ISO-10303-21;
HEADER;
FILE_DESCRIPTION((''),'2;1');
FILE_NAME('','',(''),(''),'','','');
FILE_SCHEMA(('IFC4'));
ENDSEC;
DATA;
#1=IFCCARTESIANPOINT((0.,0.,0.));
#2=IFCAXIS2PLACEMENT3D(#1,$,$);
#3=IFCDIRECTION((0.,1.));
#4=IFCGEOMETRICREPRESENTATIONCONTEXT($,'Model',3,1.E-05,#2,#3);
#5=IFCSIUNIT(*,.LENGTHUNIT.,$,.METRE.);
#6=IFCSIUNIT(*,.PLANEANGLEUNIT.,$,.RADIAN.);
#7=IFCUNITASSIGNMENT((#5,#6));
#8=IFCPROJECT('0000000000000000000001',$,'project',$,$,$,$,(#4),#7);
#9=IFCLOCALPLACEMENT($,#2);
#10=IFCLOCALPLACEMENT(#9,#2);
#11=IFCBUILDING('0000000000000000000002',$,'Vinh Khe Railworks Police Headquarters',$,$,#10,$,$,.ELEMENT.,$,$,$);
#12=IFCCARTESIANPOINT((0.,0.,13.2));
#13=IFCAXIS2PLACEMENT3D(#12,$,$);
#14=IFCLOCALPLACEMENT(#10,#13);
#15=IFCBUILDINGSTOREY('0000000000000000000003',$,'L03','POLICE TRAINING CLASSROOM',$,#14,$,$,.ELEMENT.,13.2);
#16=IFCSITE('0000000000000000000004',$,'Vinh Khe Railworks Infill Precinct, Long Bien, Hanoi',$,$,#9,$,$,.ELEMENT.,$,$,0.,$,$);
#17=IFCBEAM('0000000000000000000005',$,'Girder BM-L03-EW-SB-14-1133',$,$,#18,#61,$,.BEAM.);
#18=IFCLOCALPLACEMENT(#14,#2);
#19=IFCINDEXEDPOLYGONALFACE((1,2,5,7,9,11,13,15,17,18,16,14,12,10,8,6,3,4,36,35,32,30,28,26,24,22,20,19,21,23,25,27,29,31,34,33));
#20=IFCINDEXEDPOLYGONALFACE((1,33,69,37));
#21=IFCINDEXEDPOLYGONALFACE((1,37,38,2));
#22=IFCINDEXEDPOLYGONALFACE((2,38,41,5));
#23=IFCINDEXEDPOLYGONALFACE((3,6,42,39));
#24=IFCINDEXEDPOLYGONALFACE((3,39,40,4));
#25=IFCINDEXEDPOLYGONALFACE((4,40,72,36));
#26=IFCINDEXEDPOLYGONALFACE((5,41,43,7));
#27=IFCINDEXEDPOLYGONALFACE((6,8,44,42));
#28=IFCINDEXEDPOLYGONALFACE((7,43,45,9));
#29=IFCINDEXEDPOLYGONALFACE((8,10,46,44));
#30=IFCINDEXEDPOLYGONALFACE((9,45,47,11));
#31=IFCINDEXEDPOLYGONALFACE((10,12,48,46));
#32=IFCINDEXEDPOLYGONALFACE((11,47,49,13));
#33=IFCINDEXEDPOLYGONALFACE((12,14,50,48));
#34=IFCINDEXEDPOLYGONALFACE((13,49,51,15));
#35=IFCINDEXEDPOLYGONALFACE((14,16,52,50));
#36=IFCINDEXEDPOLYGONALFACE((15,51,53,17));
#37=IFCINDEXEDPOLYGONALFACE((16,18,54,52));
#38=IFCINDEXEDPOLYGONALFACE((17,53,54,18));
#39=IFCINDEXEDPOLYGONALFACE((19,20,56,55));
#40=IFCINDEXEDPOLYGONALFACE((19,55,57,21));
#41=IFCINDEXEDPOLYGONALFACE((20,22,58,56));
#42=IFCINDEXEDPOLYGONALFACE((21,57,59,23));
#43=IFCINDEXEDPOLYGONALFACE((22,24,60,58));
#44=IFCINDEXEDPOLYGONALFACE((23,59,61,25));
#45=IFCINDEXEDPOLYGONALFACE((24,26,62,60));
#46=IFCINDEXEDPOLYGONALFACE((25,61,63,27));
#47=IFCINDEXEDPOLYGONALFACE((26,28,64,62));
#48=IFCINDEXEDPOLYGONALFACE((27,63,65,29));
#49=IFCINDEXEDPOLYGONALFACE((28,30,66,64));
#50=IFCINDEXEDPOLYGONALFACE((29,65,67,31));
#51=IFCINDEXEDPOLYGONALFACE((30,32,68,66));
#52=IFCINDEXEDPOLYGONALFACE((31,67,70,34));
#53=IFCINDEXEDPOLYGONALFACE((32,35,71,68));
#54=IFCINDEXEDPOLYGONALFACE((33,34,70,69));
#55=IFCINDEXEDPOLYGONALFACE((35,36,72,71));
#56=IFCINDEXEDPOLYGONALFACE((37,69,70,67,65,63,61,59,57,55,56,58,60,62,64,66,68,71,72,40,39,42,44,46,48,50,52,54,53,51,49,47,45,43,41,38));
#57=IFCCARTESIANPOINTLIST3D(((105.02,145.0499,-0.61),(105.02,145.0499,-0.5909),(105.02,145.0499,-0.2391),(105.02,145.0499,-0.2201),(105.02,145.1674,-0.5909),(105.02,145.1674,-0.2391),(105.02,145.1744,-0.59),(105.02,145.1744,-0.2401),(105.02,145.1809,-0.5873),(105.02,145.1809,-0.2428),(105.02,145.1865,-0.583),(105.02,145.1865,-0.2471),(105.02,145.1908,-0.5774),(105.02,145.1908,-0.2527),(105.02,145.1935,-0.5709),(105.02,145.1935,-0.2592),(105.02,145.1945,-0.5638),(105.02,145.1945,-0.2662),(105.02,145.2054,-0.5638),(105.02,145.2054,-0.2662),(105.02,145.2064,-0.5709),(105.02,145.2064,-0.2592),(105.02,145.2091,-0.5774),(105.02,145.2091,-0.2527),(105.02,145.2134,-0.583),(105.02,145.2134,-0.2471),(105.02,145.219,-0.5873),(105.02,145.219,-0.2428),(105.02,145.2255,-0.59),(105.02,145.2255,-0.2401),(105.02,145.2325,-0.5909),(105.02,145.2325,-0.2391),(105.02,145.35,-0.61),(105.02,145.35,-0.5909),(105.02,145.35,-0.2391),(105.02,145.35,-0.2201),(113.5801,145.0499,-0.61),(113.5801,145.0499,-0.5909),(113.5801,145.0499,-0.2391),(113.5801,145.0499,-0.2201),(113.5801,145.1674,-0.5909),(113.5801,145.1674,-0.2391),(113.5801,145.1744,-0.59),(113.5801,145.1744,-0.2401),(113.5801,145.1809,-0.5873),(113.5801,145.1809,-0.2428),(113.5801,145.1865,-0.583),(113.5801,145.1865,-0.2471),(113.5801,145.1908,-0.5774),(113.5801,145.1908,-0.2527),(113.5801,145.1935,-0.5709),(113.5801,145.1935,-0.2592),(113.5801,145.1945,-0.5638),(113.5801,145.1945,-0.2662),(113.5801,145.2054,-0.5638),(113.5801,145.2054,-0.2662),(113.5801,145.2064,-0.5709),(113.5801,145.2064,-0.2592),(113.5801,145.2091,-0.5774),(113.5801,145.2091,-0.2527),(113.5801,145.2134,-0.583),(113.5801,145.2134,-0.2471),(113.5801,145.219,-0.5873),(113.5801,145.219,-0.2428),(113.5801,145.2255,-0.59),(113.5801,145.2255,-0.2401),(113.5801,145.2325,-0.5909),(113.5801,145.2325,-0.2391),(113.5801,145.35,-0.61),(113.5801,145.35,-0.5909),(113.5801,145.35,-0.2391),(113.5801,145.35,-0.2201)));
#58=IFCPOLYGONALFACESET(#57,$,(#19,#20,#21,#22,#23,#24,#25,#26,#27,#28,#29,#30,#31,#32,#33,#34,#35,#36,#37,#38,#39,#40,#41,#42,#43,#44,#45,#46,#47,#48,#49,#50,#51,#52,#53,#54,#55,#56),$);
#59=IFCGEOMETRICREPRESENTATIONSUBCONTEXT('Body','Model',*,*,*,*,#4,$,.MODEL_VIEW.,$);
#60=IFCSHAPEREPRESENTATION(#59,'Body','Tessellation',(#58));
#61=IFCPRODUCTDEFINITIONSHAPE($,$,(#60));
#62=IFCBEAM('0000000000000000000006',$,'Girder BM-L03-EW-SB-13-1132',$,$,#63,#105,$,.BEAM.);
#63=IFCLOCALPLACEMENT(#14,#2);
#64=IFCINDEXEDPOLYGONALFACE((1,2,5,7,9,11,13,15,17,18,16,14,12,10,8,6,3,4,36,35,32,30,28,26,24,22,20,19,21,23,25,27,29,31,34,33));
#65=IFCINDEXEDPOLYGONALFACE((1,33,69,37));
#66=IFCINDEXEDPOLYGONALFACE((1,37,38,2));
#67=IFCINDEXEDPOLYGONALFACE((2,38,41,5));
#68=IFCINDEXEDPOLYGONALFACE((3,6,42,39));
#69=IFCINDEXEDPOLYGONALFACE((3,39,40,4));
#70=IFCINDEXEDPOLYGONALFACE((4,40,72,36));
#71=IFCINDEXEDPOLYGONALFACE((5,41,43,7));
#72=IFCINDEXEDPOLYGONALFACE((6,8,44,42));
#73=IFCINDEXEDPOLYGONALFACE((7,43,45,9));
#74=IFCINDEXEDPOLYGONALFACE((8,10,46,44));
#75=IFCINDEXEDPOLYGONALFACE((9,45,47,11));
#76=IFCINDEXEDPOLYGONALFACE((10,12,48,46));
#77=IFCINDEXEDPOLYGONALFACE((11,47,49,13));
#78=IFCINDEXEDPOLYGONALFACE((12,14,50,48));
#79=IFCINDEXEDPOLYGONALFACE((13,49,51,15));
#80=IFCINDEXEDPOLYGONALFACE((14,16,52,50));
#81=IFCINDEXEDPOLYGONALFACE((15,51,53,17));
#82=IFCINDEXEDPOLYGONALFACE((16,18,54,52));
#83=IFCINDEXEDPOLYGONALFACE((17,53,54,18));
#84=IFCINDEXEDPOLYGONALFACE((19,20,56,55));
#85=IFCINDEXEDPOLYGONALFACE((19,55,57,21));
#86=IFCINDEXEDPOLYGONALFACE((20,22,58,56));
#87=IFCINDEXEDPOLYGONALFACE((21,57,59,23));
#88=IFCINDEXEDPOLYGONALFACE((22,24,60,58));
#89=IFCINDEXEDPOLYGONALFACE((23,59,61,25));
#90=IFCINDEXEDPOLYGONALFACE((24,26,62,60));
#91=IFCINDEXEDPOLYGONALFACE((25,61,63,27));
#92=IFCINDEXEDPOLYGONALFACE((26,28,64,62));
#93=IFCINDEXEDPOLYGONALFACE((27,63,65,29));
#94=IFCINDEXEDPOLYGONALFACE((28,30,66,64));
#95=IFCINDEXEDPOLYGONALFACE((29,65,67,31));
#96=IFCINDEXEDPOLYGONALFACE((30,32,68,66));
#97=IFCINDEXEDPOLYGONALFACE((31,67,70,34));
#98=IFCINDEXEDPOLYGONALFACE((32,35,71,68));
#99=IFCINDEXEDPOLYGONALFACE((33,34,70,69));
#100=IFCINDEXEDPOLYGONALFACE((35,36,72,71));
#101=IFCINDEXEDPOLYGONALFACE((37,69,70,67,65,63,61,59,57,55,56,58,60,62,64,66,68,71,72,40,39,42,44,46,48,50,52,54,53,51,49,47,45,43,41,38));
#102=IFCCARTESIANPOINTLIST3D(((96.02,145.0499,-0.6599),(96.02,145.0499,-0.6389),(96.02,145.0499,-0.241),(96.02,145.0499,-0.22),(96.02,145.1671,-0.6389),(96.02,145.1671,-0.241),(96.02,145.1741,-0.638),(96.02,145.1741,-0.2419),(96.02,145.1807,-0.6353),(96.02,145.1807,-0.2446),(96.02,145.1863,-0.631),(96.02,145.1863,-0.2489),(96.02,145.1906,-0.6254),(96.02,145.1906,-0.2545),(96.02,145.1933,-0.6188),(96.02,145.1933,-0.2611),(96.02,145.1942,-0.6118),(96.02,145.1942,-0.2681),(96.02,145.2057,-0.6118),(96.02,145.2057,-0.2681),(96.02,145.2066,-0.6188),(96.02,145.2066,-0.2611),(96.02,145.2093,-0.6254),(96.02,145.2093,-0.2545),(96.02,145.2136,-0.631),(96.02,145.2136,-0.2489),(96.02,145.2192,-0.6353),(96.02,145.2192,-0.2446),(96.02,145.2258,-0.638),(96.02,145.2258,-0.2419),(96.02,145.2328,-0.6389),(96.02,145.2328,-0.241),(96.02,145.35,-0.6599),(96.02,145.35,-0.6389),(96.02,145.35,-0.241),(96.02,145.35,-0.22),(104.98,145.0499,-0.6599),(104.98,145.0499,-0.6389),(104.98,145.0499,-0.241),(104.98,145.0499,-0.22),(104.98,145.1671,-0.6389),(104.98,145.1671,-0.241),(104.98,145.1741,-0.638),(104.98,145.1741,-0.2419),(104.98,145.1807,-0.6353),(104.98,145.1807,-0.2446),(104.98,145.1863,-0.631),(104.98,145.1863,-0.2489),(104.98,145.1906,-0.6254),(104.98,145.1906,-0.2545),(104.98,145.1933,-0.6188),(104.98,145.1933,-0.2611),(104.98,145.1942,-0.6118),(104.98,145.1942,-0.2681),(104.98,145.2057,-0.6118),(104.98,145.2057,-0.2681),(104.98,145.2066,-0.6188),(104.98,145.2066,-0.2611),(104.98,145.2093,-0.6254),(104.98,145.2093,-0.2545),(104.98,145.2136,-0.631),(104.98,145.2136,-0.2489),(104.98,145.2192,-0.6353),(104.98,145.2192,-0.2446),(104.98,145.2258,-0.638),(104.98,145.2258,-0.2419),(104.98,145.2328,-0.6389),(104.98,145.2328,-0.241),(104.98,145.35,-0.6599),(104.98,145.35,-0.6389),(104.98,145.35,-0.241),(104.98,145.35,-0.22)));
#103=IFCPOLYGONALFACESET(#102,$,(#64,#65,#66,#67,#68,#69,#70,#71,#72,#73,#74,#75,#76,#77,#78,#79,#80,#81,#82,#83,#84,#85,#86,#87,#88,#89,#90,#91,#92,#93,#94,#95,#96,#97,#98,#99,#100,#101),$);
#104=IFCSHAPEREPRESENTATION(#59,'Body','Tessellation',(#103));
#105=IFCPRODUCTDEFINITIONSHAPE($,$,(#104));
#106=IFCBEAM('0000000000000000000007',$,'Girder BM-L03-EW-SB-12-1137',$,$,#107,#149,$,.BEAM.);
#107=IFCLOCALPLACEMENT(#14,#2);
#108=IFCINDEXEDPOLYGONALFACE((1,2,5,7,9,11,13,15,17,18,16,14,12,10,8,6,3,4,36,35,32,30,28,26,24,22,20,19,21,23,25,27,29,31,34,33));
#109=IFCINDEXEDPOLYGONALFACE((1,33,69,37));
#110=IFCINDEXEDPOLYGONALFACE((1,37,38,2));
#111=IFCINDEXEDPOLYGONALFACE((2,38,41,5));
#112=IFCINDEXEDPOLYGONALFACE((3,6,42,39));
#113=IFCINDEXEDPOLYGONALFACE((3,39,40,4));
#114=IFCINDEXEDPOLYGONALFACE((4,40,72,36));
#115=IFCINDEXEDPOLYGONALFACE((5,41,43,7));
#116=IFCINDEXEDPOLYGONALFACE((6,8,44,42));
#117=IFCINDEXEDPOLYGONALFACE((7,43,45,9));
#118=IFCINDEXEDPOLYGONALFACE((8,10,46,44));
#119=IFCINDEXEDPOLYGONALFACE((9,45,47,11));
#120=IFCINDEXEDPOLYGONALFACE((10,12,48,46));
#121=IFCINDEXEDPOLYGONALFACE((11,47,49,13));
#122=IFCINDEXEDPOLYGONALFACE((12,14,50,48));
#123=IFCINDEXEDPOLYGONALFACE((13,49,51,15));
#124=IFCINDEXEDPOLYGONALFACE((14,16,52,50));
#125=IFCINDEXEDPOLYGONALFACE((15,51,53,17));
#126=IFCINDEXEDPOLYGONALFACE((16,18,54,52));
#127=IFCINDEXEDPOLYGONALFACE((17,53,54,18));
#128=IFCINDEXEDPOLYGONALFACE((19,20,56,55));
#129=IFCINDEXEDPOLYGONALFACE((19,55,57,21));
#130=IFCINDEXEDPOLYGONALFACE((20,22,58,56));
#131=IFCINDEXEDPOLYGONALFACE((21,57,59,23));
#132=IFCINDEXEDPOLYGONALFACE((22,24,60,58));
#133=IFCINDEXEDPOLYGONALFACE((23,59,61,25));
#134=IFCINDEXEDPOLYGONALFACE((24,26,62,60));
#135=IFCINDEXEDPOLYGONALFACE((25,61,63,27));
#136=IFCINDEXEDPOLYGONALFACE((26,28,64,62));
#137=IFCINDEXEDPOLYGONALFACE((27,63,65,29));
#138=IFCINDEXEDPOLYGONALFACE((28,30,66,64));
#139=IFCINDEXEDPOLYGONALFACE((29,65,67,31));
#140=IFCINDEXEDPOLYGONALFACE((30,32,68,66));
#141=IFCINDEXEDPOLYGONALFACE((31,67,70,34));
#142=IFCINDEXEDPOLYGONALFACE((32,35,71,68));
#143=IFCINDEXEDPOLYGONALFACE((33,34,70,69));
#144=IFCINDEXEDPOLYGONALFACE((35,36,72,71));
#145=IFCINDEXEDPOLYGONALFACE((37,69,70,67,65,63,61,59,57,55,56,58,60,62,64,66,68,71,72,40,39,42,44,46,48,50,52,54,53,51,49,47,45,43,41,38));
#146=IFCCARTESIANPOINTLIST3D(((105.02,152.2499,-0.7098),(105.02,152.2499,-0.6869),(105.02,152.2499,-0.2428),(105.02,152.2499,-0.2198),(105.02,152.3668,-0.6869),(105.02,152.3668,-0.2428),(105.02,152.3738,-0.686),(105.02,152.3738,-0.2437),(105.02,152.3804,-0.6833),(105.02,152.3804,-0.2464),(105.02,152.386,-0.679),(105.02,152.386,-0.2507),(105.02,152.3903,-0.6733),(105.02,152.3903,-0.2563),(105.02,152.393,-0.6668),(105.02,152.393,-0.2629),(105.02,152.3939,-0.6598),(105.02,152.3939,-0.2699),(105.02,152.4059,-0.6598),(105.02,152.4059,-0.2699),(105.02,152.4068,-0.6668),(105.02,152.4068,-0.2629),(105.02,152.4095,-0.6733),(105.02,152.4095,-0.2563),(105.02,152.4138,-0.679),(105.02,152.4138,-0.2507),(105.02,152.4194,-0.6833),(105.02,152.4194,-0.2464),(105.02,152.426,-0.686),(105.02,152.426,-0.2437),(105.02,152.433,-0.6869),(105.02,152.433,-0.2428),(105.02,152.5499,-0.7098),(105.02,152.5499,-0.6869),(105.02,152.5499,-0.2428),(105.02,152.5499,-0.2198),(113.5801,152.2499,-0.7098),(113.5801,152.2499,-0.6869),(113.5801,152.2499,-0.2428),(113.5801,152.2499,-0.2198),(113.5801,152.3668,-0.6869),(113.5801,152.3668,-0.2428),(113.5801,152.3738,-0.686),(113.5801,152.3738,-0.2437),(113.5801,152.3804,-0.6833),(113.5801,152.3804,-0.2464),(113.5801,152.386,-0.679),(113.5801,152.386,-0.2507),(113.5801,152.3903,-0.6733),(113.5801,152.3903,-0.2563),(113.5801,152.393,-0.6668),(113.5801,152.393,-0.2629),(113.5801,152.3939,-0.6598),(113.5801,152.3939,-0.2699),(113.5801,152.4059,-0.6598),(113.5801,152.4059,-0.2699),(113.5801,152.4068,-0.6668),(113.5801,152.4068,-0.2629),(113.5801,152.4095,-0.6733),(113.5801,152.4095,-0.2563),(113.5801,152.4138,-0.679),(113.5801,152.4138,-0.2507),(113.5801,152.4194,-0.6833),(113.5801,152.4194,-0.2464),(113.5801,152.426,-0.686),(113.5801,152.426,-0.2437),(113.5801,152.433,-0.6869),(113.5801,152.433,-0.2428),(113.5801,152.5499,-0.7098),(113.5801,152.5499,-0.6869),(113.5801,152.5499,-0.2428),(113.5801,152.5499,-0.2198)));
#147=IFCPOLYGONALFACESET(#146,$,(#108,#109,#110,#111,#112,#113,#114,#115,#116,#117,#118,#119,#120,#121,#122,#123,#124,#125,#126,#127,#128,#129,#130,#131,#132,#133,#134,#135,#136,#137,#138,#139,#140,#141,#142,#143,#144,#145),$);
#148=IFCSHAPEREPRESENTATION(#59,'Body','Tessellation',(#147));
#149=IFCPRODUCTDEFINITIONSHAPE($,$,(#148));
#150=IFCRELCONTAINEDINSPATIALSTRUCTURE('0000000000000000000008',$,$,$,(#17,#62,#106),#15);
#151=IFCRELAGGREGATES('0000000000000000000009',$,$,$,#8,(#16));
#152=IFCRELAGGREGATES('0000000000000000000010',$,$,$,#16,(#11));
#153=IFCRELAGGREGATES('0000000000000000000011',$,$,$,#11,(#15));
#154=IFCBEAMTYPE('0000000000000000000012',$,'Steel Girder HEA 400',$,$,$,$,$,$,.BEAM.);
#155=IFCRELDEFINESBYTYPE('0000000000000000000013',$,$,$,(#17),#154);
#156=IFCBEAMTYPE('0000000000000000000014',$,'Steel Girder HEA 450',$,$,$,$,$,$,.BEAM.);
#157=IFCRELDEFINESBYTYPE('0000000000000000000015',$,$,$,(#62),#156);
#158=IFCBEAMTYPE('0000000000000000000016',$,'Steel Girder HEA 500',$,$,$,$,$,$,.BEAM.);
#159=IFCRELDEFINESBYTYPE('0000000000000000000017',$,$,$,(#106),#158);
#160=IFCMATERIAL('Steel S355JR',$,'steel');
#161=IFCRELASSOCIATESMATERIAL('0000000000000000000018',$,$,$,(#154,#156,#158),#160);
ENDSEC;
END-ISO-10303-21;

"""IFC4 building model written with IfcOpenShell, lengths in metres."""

from ifc_helpers import new_model, si_unit, direction, frame, origin, origin_2d, place, context, subcontext, project, spatial, i_section, extrude, material, material_profile, profile_set, type_object, element, save


model = new_model("IFC4")

# Units and contexts
model_context = context("Model", 3, precision=1e-05, world=origin(), true_north=direction((0.0, 1.0)))
body_context = subcontext(model_context, "Body", "Model", "MODEL_VIEW")
ifc_project = project(units=[si_unit("LENGTHUNIT", "METRE"), si_unit("PLANEANGLEUNIT", "RADIAN")], contexts=[model_context])

# Site, building, storey
site_placement = place(None, origin())
site = spatial("IfcSite", under=ifc_project, at=site_placement, Name="Vinh Khe Railworks Infill Precinct, Long Bien, Hanoi", CompositionType="ELEMENT", RefElevation=0.0)
building_placement = place(site_placement, origin())
building = spatial("IfcBuilding", under=site, at=building_placement, Name="Vinh Khe Railworks Police Headquarters", CompositionType="ELEMENT")
storey_placement = place(building_placement, frame((0.0, 0.0, 13.2)))
storey = spatial("IfcBuildingStorey", under=building, at=storey_placement, Name="L03", Description="POLICE TRAINING CLASSROOM", CompositionType="ELEMENT", Elevation=13.2)

# Shared definitions
ifc_material_1 = material(Name="Steel S355JR", Category="steel")

# Beams
ifc_material_profile_1 = material_profile(ifc_material_1, i_section(OverallWidth=0.3, OverallDepth=0.3899, WebThickness=0.011, FlangeThickness=0.019, FilletRadius=0.0271, at=origin_2d()), Name="HEA 400")
ifc_profile_set_1 = profile_set([ifc_material_profile_1], Name="Steel S355JR")
beam_type_1 = type_object("IfcBeamType", Name="Steel Girder HEA 400", PredefinedType="BEAM", material=ifc_profile_set_1)
beam_1_placement = place(storey_placement, frame((105.02, 145.2, -0.415), z_axis=(1.0, 0.0, 0.0), x_axis=(0.0, 1.0, 0.0)))
element("IfcBeam", 1, at=beam_1_placement, inside=storey, type_object=beam_type_1, Name="Girder BM-L03-EW-SB-14-1133", PredefinedType="BEAM", context=body_context, shape_type="SweptSolid", body=[
    extrude(i_section(OverallWidth=0.3, OverallDepth=0.3899, WebThickness=0.011, FlangeThickness=0.019, FilletRadius=0.0271, at=origin_2d()), origin(), (0.0, 0.0, 1.0), 8.5601),
])
ifc_material_profile_2 = material_profile(ifc_material_1, i_section(OverallWidth=0.3, OverallDepth=0.4399, WebThickness=0.0115, FlangeThickness=0.021, FilletRadius=0.0271, at=origin_2d()), Name="HEA 450")
ifc_profile_set_2 = profile_set([ifc_material_profile_2], Name="Steel S355JR")
beam_type_2 = type_object("IfcBeamType", Name="Steel Girder HEA 450", PredefinedType="BEAM", material=ifc_profile_set_2)
beam_2_placement = place(storey_placement, frame((96.02, 145.2, -0.4399), z_axis=(1.0, 0.0, 0.0), x_axis=(0.0, 1.0, 0.0)))
element("IfcBeam", 2, at=beam_2_placement, inside=storey, type_object=beam_type_2, Name="Girder BM-L03-EW-SB-13-1132", PredefinedType="BEAM", context=body_context, shape_type="SweptSolid", body=[
    extrude(i_section(OverallWidth=0.3, OverallDepth=0.4399, WebThickness=0.0115, FlangeThickness=0.021, FilletRadius=0.0271, at=origin_2d()), origin(), (0.0, 0.0, 1.0), 8.96),
])
ifc_material_profile_3 = material_profile(ifc_material_1, i_section(OverallWidth=0.3, OverallDepth=0.49, WebThickness=0.012, FlangeThickness=0.0229, FilletRadius=0.0271, at=origin_2d()), Name="HEA 500")
ifc_profile_set_3 = profile_set([ifc_material_profile_3], Name="Steel S355JR")
beam_type_3 = type_object("IfcBeamType", Name="Steel Girder HEA 500", PredefinedType="BEAM", material=ifc_profile_set_3)
beam_3_placement = place(storey_placement, frame((105.02, 152.3999, -0.4648), z_axis=(1.0, 0.0, 0.0), x_axis=(0.0, 1.0, 0.0)))
element("IfcBeam", 3, at=beam_3_placement, inside=storey, type_object=beam_type_3, Name="Girder BM-L03-EW-SB-12-1137", PredefinedType="BEAM", context=body_context, shape_type="SweptSolid", body=[
    extrude(i_section(OverallWidth=0.3, OverallDepth=0.49, WebThickness=0.012, FlangeThickness=0.0229, FilletRadius=0.0271, at=origin_2d()), origin(), (0.0, 0.0, 1.0), 8.5601),
])

save(model, "model.ifc")
